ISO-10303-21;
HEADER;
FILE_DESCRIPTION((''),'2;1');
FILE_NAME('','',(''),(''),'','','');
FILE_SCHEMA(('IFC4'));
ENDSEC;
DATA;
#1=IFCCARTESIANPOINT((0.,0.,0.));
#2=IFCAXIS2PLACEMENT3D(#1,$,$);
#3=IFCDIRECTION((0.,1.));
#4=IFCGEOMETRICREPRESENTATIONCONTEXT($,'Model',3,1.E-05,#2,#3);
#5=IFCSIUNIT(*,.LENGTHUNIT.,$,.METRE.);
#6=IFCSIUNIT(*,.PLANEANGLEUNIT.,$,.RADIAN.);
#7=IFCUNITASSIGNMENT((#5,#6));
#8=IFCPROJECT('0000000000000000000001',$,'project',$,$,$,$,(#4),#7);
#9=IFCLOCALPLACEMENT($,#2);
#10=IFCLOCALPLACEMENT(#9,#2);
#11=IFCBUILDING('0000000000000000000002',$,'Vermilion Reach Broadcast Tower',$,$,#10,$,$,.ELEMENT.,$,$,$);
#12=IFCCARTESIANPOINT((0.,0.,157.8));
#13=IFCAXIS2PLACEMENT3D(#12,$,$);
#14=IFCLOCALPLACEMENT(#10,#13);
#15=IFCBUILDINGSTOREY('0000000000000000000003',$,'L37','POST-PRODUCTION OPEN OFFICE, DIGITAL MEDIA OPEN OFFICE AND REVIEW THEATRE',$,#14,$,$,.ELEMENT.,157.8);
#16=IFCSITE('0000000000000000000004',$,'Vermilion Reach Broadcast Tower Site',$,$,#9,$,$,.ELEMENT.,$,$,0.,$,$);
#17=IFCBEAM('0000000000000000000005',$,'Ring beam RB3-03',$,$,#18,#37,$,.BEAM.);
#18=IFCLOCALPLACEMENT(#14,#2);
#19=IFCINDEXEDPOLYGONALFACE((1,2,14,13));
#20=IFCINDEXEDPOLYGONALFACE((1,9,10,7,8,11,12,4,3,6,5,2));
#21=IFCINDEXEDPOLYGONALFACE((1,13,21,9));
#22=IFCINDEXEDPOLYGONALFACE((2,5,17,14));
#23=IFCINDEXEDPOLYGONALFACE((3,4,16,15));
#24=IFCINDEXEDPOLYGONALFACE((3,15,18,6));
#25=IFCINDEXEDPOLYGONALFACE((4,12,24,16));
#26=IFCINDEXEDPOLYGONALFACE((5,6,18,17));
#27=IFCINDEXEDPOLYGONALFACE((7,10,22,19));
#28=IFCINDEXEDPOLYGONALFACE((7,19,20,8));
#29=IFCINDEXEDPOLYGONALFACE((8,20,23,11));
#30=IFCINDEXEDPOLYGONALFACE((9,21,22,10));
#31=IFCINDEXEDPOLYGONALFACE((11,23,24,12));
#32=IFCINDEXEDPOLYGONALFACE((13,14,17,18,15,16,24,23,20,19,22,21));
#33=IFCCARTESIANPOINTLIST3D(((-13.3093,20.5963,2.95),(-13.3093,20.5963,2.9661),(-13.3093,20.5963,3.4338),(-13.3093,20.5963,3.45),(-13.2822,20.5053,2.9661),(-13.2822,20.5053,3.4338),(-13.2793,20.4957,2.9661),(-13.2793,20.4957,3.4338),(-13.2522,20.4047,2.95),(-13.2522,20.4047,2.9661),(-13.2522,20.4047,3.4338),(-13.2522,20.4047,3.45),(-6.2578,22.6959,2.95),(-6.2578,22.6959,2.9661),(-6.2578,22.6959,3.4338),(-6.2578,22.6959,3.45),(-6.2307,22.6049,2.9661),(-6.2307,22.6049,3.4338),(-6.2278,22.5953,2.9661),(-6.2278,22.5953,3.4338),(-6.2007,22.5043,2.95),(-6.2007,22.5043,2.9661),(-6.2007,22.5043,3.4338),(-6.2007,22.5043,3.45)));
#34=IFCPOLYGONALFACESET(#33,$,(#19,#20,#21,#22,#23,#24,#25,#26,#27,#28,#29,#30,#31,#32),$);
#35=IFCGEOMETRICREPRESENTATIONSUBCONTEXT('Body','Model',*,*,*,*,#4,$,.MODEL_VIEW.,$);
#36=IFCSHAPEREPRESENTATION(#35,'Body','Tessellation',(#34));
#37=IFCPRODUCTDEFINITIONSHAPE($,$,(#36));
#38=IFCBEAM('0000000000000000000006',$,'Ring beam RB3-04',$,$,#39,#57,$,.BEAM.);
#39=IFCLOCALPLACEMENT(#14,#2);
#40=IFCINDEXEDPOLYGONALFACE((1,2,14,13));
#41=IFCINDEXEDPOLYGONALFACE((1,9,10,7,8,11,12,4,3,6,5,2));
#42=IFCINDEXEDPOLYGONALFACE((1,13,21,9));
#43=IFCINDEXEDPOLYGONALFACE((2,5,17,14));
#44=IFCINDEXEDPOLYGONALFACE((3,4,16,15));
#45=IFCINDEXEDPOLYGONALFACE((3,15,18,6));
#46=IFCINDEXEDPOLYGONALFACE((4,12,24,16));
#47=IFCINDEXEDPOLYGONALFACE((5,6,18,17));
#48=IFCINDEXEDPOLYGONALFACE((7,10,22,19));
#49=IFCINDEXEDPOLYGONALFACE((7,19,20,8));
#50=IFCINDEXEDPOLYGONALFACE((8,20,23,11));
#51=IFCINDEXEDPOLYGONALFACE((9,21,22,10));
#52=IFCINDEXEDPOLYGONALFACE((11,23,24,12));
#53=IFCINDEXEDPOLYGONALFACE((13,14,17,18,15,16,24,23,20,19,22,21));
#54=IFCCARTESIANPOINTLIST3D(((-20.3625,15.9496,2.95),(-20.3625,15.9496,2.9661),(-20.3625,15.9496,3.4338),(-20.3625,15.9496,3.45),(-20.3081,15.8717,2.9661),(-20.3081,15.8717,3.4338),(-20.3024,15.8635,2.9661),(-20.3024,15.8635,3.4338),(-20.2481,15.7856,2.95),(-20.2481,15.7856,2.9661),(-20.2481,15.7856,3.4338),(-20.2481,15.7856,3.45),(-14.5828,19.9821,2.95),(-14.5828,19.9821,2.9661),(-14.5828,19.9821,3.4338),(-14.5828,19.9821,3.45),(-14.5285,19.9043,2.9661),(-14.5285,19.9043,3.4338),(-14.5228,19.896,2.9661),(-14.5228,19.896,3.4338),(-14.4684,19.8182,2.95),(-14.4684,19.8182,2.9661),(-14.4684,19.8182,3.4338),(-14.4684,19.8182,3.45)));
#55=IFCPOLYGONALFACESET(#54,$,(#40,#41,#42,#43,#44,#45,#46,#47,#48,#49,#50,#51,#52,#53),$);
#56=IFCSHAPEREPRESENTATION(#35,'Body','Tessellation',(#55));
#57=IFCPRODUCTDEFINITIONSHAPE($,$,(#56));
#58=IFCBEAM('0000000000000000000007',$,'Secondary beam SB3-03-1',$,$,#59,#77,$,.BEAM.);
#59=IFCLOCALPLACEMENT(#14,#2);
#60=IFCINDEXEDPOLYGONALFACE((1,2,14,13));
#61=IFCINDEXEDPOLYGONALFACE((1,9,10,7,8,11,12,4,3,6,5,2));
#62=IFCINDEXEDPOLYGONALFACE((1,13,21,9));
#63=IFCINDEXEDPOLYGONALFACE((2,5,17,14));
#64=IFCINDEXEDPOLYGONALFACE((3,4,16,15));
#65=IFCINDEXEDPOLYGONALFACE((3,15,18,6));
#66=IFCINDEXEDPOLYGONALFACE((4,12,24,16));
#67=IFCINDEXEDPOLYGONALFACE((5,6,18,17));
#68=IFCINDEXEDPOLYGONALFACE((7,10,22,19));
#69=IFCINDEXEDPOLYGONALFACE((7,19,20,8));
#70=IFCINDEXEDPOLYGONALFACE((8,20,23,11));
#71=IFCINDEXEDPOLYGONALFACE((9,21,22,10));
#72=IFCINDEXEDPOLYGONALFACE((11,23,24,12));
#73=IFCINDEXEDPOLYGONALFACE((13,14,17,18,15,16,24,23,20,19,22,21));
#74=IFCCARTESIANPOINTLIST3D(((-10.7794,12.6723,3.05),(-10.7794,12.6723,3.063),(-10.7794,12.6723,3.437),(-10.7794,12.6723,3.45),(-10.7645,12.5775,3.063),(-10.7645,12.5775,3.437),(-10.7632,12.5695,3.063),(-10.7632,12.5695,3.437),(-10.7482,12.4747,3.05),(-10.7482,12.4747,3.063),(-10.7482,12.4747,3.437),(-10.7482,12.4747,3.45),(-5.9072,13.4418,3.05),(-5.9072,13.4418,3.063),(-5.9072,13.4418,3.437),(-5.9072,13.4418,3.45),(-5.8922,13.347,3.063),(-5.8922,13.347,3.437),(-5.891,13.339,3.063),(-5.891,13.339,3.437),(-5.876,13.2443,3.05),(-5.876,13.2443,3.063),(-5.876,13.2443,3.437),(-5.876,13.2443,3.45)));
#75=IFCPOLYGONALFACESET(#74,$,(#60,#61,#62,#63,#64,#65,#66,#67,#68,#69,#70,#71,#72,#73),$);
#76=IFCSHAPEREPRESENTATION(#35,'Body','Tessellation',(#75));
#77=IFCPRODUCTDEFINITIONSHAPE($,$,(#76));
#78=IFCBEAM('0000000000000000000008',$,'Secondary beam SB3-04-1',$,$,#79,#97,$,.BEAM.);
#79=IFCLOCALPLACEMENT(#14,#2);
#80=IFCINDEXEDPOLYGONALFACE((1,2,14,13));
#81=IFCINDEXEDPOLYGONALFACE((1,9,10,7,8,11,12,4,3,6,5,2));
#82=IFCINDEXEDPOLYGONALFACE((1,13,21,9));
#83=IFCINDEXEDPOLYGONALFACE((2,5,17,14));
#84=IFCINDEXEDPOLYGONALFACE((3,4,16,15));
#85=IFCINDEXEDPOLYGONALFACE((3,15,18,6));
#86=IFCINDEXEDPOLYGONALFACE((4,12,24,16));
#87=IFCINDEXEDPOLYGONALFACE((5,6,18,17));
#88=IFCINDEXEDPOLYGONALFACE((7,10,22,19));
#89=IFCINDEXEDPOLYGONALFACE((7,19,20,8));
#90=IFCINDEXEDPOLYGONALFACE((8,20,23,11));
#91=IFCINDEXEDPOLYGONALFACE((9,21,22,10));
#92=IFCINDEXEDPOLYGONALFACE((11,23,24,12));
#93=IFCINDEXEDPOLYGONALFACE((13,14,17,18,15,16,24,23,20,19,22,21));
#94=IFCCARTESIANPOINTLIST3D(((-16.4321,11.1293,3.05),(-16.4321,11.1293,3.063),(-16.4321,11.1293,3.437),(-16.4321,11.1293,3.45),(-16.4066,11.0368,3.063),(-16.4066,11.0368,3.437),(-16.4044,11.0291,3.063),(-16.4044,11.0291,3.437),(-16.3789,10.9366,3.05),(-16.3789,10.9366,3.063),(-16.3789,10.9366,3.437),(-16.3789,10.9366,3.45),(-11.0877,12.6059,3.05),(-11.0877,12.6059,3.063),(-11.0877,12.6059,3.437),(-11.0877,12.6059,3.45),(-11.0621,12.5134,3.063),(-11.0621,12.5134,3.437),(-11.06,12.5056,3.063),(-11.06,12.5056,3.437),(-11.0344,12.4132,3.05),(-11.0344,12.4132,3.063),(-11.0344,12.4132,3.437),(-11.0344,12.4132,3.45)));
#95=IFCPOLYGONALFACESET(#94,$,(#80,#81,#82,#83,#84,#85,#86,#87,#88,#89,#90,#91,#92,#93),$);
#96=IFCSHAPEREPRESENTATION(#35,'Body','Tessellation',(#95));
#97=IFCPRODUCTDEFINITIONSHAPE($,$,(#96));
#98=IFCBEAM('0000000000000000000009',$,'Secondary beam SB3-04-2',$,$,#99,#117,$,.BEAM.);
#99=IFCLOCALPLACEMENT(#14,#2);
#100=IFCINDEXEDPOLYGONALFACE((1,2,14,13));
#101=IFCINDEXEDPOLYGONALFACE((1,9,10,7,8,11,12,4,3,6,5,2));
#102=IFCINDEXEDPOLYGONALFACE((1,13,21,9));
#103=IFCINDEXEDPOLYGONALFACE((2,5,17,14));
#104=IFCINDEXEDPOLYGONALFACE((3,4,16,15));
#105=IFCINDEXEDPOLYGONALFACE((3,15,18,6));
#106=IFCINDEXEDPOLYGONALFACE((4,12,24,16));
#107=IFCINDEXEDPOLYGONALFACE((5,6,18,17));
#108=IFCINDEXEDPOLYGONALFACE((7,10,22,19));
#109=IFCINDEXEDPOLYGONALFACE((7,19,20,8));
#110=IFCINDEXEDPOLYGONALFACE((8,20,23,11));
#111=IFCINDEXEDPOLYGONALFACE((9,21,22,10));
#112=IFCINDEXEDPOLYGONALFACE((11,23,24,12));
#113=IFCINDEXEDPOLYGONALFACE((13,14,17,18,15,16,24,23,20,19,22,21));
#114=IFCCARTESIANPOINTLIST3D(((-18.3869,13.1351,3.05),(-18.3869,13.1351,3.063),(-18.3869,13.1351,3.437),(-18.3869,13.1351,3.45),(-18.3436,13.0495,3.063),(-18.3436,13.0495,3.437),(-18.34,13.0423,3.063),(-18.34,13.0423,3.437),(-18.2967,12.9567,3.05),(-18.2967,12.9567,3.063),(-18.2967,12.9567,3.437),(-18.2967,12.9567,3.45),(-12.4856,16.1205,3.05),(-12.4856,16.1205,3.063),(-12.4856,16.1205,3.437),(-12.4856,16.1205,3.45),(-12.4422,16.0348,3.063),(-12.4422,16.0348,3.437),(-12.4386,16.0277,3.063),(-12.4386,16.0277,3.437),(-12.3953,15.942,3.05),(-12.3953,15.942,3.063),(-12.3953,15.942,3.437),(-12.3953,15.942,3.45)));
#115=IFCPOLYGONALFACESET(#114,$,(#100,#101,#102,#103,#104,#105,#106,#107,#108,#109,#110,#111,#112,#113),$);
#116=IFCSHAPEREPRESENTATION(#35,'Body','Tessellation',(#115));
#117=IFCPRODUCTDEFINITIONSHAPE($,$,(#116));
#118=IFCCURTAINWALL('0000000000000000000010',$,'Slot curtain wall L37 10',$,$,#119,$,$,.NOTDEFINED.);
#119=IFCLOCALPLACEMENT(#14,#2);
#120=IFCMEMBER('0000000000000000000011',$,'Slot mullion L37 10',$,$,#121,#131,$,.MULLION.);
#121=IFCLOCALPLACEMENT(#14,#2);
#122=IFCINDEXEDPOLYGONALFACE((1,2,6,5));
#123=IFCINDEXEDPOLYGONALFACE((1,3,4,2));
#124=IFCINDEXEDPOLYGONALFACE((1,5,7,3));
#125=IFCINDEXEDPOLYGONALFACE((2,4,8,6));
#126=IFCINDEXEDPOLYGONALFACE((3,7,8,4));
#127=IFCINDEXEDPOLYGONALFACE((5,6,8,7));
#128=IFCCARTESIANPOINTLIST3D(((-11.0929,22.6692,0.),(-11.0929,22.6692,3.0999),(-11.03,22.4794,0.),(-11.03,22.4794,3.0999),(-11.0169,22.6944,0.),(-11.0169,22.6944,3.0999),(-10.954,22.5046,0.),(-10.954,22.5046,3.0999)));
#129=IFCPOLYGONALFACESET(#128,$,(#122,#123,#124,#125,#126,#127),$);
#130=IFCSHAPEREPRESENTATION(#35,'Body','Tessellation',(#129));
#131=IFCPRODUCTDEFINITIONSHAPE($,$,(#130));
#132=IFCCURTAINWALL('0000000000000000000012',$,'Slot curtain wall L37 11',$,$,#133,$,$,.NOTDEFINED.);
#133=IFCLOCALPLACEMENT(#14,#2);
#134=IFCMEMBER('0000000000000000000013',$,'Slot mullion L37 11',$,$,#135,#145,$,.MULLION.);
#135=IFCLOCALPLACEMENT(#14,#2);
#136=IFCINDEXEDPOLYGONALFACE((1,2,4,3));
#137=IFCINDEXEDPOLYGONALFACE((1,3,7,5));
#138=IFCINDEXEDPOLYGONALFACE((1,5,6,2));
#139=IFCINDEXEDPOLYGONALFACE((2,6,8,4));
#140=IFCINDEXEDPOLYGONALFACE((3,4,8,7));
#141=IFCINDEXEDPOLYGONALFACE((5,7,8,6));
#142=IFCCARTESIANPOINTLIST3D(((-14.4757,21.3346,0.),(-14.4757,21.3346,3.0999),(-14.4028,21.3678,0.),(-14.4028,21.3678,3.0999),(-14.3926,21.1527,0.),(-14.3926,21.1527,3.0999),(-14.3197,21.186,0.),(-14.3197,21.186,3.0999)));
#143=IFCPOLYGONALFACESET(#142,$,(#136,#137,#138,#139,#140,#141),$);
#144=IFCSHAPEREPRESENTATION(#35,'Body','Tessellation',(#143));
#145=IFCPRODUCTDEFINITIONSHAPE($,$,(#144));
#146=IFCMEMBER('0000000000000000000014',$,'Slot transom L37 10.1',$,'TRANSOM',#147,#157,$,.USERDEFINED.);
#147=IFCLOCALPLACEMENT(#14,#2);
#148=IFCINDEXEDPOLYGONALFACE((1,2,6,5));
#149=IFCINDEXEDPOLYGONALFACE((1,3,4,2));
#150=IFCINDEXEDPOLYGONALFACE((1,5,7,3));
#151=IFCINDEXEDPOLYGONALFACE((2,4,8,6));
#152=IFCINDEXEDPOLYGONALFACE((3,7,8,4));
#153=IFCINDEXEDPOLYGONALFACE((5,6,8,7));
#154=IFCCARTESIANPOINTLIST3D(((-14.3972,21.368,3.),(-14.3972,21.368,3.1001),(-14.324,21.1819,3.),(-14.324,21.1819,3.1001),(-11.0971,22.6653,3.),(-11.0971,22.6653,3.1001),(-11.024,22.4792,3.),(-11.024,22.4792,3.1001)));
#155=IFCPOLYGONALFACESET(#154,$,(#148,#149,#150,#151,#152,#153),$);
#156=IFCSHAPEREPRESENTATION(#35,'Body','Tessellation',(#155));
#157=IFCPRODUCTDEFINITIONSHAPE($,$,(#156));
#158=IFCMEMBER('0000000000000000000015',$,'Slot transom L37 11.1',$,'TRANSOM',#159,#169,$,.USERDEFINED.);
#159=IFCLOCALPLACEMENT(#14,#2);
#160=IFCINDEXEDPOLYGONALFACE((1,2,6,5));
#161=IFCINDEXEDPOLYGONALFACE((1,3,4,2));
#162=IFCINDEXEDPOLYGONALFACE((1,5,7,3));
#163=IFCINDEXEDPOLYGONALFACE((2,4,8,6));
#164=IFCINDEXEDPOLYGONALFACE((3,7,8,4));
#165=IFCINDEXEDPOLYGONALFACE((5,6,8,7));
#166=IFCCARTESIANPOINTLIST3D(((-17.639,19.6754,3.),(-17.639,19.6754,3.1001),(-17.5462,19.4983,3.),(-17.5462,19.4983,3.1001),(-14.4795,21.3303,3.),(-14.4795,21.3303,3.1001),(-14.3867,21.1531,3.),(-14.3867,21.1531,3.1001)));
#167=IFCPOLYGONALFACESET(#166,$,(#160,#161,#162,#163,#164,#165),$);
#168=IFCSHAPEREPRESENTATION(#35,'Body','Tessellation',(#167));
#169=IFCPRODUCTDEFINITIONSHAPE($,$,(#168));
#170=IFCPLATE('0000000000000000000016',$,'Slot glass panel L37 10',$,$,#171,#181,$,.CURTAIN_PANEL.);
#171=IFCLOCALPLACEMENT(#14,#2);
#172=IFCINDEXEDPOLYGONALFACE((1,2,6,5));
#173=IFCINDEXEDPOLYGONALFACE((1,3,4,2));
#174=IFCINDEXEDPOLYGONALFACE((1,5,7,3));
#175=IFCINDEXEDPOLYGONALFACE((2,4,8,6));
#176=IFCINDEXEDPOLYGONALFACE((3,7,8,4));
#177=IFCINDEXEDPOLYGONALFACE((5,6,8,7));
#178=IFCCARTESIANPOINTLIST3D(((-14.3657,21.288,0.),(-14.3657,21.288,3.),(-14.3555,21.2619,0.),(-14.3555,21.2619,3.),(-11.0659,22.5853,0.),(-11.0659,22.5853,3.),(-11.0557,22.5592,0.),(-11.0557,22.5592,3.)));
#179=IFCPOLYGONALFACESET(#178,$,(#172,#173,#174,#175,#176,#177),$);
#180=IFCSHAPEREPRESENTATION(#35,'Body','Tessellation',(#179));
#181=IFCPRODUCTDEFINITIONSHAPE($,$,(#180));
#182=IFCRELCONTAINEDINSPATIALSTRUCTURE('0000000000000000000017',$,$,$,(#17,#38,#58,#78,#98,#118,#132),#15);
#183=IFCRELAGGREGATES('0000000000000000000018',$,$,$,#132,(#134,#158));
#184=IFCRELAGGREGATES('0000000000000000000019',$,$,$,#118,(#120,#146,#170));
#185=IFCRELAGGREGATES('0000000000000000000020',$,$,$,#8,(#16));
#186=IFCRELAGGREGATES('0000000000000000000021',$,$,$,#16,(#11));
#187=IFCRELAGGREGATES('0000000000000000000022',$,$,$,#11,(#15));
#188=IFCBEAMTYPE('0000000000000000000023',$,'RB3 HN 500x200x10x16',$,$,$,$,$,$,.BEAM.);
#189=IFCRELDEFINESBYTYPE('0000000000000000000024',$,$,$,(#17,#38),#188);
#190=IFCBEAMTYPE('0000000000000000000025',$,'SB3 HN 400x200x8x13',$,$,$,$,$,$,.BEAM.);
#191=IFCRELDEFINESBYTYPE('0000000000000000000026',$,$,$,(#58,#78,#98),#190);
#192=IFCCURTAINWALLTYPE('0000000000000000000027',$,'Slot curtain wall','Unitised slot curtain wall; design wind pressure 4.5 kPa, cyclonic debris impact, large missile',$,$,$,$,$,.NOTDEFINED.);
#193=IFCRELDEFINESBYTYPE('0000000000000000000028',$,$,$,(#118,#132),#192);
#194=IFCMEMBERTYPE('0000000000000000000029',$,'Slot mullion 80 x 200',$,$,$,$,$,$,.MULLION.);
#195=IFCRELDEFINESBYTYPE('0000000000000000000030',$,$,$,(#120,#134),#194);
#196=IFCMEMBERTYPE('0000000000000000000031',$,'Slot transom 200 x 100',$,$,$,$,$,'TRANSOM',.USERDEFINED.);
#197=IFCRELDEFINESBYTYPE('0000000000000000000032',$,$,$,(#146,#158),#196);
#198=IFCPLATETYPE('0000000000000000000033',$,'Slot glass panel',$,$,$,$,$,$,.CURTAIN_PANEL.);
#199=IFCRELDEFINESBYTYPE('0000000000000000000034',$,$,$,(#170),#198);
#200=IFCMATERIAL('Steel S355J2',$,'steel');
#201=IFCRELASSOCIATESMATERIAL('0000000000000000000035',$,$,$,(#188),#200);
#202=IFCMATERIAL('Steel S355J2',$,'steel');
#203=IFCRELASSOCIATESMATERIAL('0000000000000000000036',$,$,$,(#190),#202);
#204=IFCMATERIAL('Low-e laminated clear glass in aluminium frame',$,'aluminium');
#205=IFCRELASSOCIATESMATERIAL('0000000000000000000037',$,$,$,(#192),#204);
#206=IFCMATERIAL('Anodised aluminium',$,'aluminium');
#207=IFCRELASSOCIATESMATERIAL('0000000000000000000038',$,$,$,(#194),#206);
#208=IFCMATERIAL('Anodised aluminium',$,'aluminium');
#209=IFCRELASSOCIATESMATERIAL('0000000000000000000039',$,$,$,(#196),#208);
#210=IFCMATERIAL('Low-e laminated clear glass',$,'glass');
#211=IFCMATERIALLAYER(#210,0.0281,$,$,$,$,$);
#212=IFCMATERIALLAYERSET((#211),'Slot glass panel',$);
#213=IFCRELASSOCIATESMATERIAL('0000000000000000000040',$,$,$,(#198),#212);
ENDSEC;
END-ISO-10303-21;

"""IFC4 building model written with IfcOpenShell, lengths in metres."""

from ifc_helpers import new_model, si_unit, direction, frame, origin, origin_2d, place, context, subcontext, project, spatial, rectangle, i_section, extrude, material, layer, layer_set, material_profile, profile_set, type_object, element, aggregate, save


model = new_model("IFC4")

# Units and contexts
model_context = context("Model", 3, precision=1e-05, world=origin(), true_north=direction((0.0, 1.0)))
body_context = subcontext(model_context, "Body", "Model", "MODEL_VIEW")
ifc_project = project(units=[si_unit("LENGTHUNIT", "METRE"), si_unit("PLANEANGLEUNIT", "RADIAN")], contexts=[model_context])

# Site, building, storey
site_placement = place(None, origin())
site = spatial("IfcSite", under=ifc_project, at=site_placement, Name="Vermilion Reach Broadcast Tower Site", CompositionType="ELEMENT", RefElevation=0.0)
building_placement = place(site_placement, origin())
building = spatial("IfcBuilding", under=site, at=building_placement, Name="Vermilion Reach Broadcast Tower", CompositionType="ELEMENT")
storey_placement = place(building_placement, frame((0.0, 0.0, 157.8)))
storey = spatial("IfcBuildingStorey", under=building, at=storey_placement, Name="L37", Description="POST-PRODUCTION OPEN OFFICE, DIGITAL MEDIA OPEN OFFICE AND REVIEW THEATRE", CompositionType="ELEMENT", Elevation=157.8)

# Beams
ifc_material_1 = material(Name="Steel S355J2", Category="steel")
ifc_material_profile_1 = material_profile(ifc_material_1, i_section(OverallWidth=0.2, OverallDepth=0.5, WebThickness=0.01, FlangeThickness=0.0161, at=origin_2d()), Name="S355J2 HN 500x200x10x16")
ifc_profile_set_1 = profile_set([ifc_material_profile_1], Name="Steel S355J2")
beam_type_1 = type_object("IfcBeamType", Name="RB3 HN 500x200x10x16", PredefinedType="BEAM", material=ifc_profile_set_1)
beam_1_placement = place(storey_placement, frame((-6.2292, 22.6001, 3.2), z_axis=(-0.958417, -0.285372, 0.0), x_axis=(0.285372, -0.958417, 0.0)))
element("IfcBeam", 1, at=beam_1_placement, inside=storey, type_object=beam_type_1, Name="Ring beam RB3-03", PredefinedType="BEAM", context=body_context, shape_type="SweptSolid", body=[
    extrude(i_section(OverallWidth=0.2, OverallDepth=0.5, WebThickness=0.01, FlangeThickness=0.0161, at=origin_2d()), origin(), (0.0, 0.0, 1.0), 7.3574),
])
beam_2_placement = place(storey_placement, frame((-14.5256, 19.9001, 3.2), z_axis=(-0.820111, -0.572204, 0.0), x_axis=(0.572204, -0.820111, 0.0)))
element("IfcBeam", 2, at=beam_2_placement, inside=storey, type_object=beam_type_1, Name="Ring beam RB3-04", PredefinedType="BEAM", context=body_context, shape_type="SweptSolid", body=[
    extrude(i_section(OverallWidth=0.2, OverallDepth=0.5, WebThickness=0.01, FlangeThickness=0.0161, at=origin_2d()), origin(), (0.0, 0.0, 1.0), 7.0474),
])
ifc_material_2 = material(Name="Steel S355J2", Category="steel")
ifc_material_profile_2 = material_profile(ifc_material_2, i_section(OverallWidth=0.2, OverallDepth=0.3999, WebThickness=0.0081, FlangeThickness=0.0129, at=origin_2d()), Name="S355J2 HN 400x200x8x13")
ifc_profile_set_2 = profile_set([ifc_material_profile_2], Name="Steel S355J2")
beam_type_2 = type_object("IfcBeamType", Name="SB3 HN 400x200x8x13", PredefinedType="BEAM", material=ifc_profile_set_2)
beam_3_placement = place(storey_placement, frame((-5.8916, 13.343, 3.25), z_axis=(-0.987756, -0.156006, 0.0), x_axis=(0.156006, -0.987756, 0.0)))
element("IfcBeam", 3, at=beam_3_placement, inside=storey, type_object=beam_type_2, Name="Secondary beam SB3-03-1", PredefinedType="BEAM", context=body_context, shape_type="SweptSolid", body=[
    extrude(i_section(OverallWidth=0.2, OverallDepth=0.3999, WebThickness=0.0081, FlangeThickness=0.0129, at=origin_2d()), origin(), (0.0, 0.0, 1.0), 4.9326),
])
beam_4_placement = place(storey_placement, frame((-11.061, 12.5095, 3.25), z_axis=(-0.96389, -0.266301, 0.0), x_axis=(0.266301, -0.96389, 0.0)))
element("IfcBeam", 4, at=beam_4_placement, inside=storey, type_object=beam_type_2, Name="Secondary beam SB3-04-1", PredefinedType="BEAM", context=body_context, shape_type="SweptSolid", body=[
    extrude(i_section(OverallWidth=0.2, OverallDepth=0.3999, WebThickness=0.0081, FlangeThickness=0.0129, at=origin_2d()), origin(), (0.0, 0.0, 1.0), 5.5447),
])
beam_5_placement = place(storey_placement, frame((-12.4404, 16.0312, 3.25), z_axis=(-0.892321, -0.451402, 0.0), x_axis=(0.451402, -0.892321, 0.0)))
element("IfcBeam", 5, at=beam_5_placement, inside=storey, type_object=beam_type_2, Name="Secondary beam SB3-04-2", PredefinedType="BEAM", context=body_context, shape_type="SweptSolid", body=[
    extrude(i_section(OverallWidth=0.2, OverallDepth=0.3999, WebThickness=0.0081, FlangeThickness=0.0129, at=origin_2d()), origin(), (0.0, 0.0, 1.0), 6.6135),
])

# Curtain walls, members
ifc_material_3 = material(Name="Low-e laminated clear glass in aluminium frame", Category="aluminium")
curtain_wall_type = type_object("IfcCurtainWallType", Name="Slot curtain wall", Description="Unitised slot curtain wall; design wind pressure 4.5 kPa, cyclonic debris impact, large missile", PredefinedType="NOTDEFINED", material=ifc_material_3)
placement = place(storey_placement, origin())
curtain_wall_1 = element("IfcCurtainWall", 6, at=placement, inside=storey, type_object=curtain_wall_type, Name="Slot curtain wall L37 10", PredefinedType="NOTDEFINED")
ifc_material_4 = material(Name="Anodised aluminium", Category="aluminium")
ifc_material_profile_3 = material_profile(ifc_material_4, rectangle(XDim=0.2, YDim=0.0801, at=origin_2d()), Name="Slot mullion 80 x 200")
ifc_profile_set_3 = profile_set([ifc_material_profile_3], Name="Anodised aluminium")
member_type_1 = type_object("IfcMemberType", Name="Slot mullion 80 x 200", PredefinedType="MULLION", material=ifc_profile_set_3)
member_1_placement = place(storey_placement, frame((-11.0234, 22.5869, 0.0), z_axis=(0.0, 0.0, 1.0), x_axis=(0.314307, -0.949321, 0.0)))
member_1 = element("IfcMember", 7, at=member_1_placement, type_object=member_type_1, Name="Slot mullion L37 10", PredefinedType="MULLION", context=body_context, shape_type="SweptSolid", body=[
    extrude(rectangle(XDim=0.2, YDim=0.0801, at=origin_2d()), origin(), (0.0, 0.0, 1.0), 3.0999),
])
curtain_wall_2 = element("IfcCurtainWall", 8, at=placement, inside=storey, type_object=curtain_wall_type, Name="Slot curtain wall L37 11", PredefinedType="NOTDEFINED")
member_2_placement = place(storey_placement, frame((-14.3977, 21.2603, 0.0), z_axis=(0.0, 0.0, 1.0), x_axis=(0.415552, -0.90957, 0.0)))
member_2 = element("IfcMember", 9, at=member_2_placement, type_object=member_type_1, Name="Slot mullion L37 11", PredefinedType="MULLION", context=body_context, shape_type="SweptSolid", body=[
    extrude(rectangle(XDim=0.2, YDim=0.0801, at=origin_2d()), origin(), (0.0, 0.0, 1.0), 3.0999),
])

# Members
ifc_material_5 = material(Name="Anodised aluminium", Category="aluminium")
ifc_material_profile_4 = material_profile(ifc_material_5, rectangle(XDim=0.2, YDim=0.1001, at=origin_2d()), Name="Slot transom 200 x 100")
ifc_profile_set_4 = profile_set([ifc_material_profile_4], Name="Anodised aluminium")
member_type_2 = type_object("IfcMemberType", Name="Slot transom 200 x 100", ElementType="TRANSOM", PredefinedType="USERDEFINED", material=ifc_profile_set_4)
member_3_placement = place(storey_placement, frame((-11.0605, 22.5723, 3.05), z_axis=(-0.930664, -0.365876, 0.0), x_axis=(0.365876, -0.930664, 0.0)))
member_3 = element("IfcMember", 10, at=member_3_placement, type_object=member_type_2, Name="Slot transom L37 10.1", ObjectType="TRANSOM", PredefinedType="USERDEFINED", context=body_context, shape_type="SweptSolid", body=[
    extrude(rectangle(XDim=0.2, YDim=0.1001, at=origin_2d()), origin(), (0.0, 0.0, 1.0), 3.5459),
])
member_4_placement = place(storey_placement, frame((-14.4331, 21.2417, 3.05), z_axis=(-0.885849, -0.463974, 0.0), x_axis=(0.463974, -0.885849, 0.0)))
member_4 = element("IfcMember", 11, at=member_4_placement, type_object=member_type_2, Name="Slot transom L37 11.1", ObjectType="TRANSOM", PredefinedType="USERDEFINED", context=body_context, shape_type="SweptSolid", body=[
    extrude(rectangle(XDim=0.2, YDim=0.1001, at=origin_2d()), origin(), (0.0, 0.0, 1.0), 3.5667),
])
aggregate(curtain_wall_2, [member_2, member_4])

# Plate
ifc_material_6 = material(Name="Low-e laminated clear glass", Category="glass")
ifc_layer_1 = layer(ifc_material_6, 0.0281)
ifc_layer_set_1 = layer_set([ifc_layer_1], Name="Slot glass panel")
plate_type = type_object("IfcPlateType", Name="Slot glass panel", PredefinedType="CURTAIN_PANEL", material=ifc_layer_set_1)
plate_placement = place(storey_placement, frame((-12.7107, 21.9236, 0.0), z_axis=(0.0, 0.0, 1.0), x_axis=(-0.930658, -0.365892, 0.0)))
plate = element("IfcPlate", 12, at=plate_placement, type_object=plate_type, Name="Slot glass panel L37 10", PredefinedType="CURTAIN_PANEL", context=body_context, shape_type="SweptSolid", body=[
    extrude(rectangle(XDim=3.5457, YDim=0.0281, at=origin_2d()), origin(), (0.0, 0.0, 1.0), 3.0),
])
aggregate(curtain_wall_1, [member_1, member_3, plate])

save(model, "model.ifc")
